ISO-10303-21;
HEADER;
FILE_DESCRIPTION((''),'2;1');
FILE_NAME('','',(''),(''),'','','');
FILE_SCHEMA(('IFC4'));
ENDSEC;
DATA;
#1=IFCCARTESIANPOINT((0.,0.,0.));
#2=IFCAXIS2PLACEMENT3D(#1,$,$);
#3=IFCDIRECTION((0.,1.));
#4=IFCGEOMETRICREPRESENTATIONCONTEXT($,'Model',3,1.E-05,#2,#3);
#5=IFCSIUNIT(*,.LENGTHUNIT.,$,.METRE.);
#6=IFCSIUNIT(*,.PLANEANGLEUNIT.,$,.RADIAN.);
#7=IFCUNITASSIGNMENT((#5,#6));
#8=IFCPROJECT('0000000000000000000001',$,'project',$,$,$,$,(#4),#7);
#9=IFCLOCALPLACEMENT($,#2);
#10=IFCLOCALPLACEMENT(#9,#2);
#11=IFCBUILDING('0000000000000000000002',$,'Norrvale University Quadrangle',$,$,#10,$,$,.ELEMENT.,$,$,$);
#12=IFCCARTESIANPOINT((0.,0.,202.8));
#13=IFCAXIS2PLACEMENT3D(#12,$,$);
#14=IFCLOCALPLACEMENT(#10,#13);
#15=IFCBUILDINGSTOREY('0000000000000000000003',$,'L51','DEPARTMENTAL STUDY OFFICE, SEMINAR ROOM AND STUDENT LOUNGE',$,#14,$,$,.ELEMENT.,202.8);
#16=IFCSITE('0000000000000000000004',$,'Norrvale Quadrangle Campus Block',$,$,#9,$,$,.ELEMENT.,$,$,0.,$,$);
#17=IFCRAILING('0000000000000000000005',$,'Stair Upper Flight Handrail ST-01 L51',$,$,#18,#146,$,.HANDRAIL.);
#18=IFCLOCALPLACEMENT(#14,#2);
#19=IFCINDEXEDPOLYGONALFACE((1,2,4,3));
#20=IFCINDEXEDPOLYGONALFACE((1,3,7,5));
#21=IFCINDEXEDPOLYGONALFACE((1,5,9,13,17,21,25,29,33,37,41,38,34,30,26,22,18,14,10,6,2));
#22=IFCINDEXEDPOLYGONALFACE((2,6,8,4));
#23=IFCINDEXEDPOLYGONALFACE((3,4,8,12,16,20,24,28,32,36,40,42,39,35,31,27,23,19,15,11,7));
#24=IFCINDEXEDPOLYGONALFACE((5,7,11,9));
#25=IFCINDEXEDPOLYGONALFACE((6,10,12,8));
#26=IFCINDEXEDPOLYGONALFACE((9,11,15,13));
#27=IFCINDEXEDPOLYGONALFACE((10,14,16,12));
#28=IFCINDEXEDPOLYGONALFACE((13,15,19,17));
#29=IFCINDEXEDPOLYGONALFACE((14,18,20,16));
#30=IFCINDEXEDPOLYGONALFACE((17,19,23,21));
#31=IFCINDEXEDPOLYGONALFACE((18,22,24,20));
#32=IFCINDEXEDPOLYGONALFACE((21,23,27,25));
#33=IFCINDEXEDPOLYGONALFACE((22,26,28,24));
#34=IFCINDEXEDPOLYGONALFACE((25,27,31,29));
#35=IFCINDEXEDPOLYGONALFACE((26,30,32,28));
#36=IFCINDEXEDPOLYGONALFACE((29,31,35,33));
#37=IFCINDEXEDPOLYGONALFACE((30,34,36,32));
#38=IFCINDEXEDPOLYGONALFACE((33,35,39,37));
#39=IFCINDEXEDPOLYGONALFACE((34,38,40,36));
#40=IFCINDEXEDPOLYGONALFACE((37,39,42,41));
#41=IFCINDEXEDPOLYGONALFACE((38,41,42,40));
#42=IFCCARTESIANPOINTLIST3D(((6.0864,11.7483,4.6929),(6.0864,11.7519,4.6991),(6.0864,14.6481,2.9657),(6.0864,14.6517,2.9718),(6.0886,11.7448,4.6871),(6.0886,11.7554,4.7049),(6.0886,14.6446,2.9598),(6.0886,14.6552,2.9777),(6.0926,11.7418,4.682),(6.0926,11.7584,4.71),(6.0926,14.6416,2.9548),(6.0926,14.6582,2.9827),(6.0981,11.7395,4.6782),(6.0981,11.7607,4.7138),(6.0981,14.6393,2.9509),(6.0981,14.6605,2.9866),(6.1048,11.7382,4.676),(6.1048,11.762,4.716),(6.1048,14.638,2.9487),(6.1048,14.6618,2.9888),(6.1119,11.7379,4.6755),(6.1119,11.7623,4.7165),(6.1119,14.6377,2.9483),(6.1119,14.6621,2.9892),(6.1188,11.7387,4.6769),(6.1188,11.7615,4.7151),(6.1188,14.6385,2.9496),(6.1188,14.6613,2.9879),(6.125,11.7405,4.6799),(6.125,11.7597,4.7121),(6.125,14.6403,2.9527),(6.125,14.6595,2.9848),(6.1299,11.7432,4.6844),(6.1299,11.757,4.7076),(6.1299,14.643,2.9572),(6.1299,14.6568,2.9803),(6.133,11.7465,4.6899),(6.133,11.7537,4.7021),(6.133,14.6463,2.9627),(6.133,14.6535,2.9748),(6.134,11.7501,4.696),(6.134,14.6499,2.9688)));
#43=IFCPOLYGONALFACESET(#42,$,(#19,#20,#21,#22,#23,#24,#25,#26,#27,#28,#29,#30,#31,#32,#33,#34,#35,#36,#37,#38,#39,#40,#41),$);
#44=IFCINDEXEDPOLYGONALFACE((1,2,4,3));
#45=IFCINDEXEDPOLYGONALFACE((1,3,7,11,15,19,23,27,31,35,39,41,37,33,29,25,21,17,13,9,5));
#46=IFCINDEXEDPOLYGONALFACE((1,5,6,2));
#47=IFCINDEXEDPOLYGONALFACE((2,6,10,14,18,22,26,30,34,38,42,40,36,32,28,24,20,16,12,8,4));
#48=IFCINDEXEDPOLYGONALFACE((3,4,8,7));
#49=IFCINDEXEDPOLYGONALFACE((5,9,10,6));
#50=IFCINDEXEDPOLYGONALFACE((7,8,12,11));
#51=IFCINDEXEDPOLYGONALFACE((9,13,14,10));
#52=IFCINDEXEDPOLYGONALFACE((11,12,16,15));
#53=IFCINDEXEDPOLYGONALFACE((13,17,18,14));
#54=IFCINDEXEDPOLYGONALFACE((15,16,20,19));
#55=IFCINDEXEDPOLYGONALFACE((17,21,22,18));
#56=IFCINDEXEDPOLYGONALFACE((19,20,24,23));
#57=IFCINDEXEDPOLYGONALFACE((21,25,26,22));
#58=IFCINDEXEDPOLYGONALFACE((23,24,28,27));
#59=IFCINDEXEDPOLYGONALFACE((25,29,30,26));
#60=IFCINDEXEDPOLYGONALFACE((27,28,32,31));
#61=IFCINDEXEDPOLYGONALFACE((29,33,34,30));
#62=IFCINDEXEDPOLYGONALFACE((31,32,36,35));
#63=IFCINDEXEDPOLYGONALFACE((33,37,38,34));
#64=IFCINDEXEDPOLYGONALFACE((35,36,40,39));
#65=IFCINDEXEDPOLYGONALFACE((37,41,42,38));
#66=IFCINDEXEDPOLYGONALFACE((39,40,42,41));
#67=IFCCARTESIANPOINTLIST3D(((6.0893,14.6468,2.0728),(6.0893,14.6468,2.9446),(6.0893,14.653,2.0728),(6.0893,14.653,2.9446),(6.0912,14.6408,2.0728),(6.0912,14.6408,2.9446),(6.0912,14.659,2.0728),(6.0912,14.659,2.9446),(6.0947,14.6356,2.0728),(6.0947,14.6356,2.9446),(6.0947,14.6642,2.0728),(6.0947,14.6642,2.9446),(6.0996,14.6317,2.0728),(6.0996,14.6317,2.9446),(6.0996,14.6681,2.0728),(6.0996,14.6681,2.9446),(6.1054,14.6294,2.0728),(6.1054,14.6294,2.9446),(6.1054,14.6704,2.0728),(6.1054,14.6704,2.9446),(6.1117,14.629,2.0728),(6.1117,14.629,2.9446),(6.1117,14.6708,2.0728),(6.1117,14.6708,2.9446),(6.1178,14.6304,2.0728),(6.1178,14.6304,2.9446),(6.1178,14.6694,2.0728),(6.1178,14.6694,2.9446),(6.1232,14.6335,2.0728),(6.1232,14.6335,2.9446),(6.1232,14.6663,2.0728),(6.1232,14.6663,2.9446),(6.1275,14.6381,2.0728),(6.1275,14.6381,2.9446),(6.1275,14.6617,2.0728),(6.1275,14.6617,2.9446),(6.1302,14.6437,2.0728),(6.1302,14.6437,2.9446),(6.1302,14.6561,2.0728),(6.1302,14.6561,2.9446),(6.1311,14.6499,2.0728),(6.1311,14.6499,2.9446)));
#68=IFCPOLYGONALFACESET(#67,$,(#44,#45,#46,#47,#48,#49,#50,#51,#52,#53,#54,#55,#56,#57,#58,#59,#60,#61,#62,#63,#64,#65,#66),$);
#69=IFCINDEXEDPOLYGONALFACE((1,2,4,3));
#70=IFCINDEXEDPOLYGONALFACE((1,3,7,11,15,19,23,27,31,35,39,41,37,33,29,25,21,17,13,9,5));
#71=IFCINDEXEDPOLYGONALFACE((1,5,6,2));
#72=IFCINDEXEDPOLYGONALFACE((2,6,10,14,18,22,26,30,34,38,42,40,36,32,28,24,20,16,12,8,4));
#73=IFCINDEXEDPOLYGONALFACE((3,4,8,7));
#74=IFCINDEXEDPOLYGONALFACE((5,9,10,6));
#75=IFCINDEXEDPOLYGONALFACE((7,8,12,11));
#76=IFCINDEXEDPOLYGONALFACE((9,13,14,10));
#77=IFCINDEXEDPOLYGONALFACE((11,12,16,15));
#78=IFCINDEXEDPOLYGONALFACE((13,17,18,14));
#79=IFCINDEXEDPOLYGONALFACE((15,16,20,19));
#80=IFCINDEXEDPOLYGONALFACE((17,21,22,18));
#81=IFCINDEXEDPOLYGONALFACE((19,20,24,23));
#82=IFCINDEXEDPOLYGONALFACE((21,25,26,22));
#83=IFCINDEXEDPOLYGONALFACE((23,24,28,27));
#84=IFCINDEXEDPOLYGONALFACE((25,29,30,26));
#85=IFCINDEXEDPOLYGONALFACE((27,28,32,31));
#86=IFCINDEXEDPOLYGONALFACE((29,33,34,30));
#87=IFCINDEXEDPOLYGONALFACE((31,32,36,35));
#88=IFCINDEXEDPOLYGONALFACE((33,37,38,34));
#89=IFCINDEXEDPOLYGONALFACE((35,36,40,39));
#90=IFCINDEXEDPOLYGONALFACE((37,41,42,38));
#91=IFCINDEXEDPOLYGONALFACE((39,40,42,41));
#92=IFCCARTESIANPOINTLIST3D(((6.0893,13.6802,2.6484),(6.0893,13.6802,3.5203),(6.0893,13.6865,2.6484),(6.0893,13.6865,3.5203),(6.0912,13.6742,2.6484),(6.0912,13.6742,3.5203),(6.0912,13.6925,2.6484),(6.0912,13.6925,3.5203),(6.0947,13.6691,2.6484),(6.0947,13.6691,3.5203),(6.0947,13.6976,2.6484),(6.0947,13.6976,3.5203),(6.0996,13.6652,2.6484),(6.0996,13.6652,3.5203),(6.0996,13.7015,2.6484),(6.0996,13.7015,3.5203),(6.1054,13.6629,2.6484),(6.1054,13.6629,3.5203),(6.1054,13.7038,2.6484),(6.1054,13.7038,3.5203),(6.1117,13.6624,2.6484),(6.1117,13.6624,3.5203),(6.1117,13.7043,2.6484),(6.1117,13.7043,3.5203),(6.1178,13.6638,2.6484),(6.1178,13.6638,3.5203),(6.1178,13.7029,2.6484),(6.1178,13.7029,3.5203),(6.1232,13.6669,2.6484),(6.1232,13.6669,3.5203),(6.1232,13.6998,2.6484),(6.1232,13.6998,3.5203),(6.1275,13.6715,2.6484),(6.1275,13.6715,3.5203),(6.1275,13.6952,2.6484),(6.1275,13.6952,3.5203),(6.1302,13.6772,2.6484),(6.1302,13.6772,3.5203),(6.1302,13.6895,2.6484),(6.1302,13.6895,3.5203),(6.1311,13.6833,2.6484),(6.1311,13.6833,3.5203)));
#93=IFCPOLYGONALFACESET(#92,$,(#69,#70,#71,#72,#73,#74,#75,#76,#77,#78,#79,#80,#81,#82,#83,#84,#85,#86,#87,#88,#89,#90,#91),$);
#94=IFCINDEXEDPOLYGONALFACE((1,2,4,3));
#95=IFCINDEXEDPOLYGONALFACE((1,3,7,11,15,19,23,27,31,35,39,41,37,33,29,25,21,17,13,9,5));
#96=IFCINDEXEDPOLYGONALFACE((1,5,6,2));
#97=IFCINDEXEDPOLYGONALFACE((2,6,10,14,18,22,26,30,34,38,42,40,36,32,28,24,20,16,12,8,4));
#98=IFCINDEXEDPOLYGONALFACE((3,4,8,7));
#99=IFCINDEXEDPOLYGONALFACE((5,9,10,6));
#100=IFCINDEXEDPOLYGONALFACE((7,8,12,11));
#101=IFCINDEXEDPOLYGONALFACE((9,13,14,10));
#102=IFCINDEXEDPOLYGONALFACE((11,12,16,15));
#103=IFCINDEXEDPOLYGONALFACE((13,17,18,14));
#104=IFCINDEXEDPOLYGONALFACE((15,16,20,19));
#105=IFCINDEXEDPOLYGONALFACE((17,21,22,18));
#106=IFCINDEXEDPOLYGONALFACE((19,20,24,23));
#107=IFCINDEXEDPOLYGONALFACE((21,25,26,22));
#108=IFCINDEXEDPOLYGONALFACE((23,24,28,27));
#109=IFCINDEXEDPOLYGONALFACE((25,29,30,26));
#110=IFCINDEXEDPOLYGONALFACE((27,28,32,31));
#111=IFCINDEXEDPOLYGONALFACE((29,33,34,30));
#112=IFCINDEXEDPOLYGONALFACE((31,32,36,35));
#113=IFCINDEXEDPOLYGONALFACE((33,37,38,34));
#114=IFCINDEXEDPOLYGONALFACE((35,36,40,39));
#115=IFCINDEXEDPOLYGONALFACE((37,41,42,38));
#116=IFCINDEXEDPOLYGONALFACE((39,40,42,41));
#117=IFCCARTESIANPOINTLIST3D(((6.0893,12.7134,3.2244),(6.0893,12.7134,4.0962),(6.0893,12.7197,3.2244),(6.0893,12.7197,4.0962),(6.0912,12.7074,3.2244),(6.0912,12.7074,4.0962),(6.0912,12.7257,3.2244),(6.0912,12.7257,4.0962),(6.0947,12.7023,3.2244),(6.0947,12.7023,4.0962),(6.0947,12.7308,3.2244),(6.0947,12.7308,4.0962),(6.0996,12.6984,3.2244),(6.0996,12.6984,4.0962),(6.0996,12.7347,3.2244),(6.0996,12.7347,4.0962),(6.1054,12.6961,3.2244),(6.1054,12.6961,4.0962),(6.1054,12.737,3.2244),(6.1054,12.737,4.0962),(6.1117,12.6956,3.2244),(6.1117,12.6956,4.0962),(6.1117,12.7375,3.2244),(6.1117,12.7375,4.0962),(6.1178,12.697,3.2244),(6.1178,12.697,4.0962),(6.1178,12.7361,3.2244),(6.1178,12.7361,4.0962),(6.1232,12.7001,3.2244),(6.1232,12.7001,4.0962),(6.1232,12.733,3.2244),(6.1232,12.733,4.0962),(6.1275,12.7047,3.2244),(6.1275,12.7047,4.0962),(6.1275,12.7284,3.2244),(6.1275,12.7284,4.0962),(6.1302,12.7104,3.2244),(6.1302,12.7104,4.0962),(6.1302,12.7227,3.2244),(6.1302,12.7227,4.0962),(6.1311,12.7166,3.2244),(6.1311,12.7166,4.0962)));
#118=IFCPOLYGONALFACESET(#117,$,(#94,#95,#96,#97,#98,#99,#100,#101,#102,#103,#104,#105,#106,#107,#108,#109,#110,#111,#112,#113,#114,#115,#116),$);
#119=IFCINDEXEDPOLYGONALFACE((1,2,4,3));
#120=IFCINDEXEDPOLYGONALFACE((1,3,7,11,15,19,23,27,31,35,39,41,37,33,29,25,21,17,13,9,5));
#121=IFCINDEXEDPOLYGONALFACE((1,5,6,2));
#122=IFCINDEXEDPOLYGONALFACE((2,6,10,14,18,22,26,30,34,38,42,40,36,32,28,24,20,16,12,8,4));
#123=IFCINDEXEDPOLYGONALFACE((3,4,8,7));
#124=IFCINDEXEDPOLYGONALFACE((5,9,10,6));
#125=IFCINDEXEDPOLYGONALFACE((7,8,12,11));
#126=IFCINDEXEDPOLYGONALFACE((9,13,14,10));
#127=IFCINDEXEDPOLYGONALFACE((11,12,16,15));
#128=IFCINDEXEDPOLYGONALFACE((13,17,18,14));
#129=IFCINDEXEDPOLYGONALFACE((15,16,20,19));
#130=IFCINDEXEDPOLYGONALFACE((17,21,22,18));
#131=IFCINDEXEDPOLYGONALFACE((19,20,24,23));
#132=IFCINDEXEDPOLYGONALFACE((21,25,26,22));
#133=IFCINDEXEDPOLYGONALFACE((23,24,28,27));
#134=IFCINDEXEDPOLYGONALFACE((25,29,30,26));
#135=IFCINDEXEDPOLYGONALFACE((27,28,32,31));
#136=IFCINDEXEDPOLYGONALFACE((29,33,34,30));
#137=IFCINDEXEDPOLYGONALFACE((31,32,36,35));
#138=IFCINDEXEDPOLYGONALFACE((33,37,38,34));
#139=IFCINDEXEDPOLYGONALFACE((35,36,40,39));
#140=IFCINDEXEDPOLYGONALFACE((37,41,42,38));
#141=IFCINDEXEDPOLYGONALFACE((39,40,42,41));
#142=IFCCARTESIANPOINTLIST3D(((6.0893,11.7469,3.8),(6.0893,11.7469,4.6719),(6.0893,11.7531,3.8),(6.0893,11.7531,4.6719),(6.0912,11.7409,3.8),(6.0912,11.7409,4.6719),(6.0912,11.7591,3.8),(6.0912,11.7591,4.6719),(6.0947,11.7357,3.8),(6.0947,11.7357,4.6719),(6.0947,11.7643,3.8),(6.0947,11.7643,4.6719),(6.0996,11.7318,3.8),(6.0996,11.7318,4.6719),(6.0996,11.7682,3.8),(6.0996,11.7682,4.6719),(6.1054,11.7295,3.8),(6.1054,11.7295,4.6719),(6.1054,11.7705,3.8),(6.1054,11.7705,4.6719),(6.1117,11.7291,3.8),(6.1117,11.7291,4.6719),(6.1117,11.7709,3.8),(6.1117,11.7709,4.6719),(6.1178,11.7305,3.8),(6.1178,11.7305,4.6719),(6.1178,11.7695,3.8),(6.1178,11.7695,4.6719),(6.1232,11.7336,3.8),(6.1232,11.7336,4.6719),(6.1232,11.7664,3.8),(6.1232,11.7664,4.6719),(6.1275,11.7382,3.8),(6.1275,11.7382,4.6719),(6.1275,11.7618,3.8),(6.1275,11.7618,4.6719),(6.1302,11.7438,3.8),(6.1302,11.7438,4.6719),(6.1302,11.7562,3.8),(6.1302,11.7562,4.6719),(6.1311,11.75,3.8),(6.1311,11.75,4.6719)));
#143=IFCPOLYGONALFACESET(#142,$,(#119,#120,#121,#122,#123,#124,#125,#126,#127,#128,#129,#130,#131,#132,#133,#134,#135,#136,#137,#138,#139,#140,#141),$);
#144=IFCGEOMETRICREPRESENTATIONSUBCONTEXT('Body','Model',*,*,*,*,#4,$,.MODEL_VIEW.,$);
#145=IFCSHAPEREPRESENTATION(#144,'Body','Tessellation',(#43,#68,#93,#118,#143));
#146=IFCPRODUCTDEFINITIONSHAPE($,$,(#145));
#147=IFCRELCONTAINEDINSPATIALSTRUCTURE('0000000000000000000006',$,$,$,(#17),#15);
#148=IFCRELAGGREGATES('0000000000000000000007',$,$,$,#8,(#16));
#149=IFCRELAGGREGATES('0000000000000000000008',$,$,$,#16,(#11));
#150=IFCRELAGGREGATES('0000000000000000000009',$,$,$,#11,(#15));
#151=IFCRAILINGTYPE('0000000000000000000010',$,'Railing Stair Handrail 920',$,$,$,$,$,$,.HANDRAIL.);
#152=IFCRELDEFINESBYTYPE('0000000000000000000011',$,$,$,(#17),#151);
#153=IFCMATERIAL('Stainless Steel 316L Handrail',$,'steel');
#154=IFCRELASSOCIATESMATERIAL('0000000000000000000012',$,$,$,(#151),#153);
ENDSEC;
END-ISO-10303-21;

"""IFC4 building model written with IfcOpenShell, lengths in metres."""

from ifc_helpers import new_model, si_unit, direction, frame, origin, origin_2d, place, context, subcontext, project, spatial, circle, extrude, material, type_object, element, save


model = new_model("IFC4")

# Units and contexts
model_context = context("Model", 3, precision=1e-05, world=origin(), true_north=direction((0.0, 1.0)))
body_context = subcontext(model_context, "Body", "Model", "MODEL_VIEW")
ifc_project = project(units=[si_unit("LENGTHUNIT", "METRE"), si_unit("PLANEANGLEUNIT", "RADIAN")], contexts=[model_context])

# Site, building, storey
site_placement = place(None, origin())
site = spatial("IfcSite", under=ifc_project, at=site_placement, Name="Norrvale Quadrangle Campus Block", CompositionType="ELEMENT", RefElevation=0.0)
building_placement = place(site_placement, origin())
building = spatial("IfcBuilding", under=site, at=building_placement, Name="Norrvale University Quadrangle", CompositionType="ELEMENT")
storey_placement = place(building_placement, frame((0.0, 0.0, 202.8)))
storey = spatial("IfcBuildingStorey", under=building, at=storey_placement, Name="L51", Description="DEPARTMENTAL STUDY OFFICE, SEMINAR ROOM AND STUDENT LOUNGE", CompositionType="ELEMENT", Elevation=202.8)

# Railing
ifc_material_1 = material(Name="Stainless Steel 316L Handrail", Category="steel")
railing_type_1 = type_object("IfcRailingType", Name="Railing Stair Handrail 920", PredefinedType="HANDRAIL", material=ifc_material_1)
railing_1_placement = place(storey_placement, frame((6.1101, 14.6499, 2.0728)))
element("IfcRailing", 1, at=railing_1_placement, inside=storey, type_object=railing_type_1, Name="Stair Upper Flight Handrail ST-01 L51", PredefinedType="HANDRAIL", context=body_context, shape_type="SweptSolid", body=[
    extrude(circle(Radius=0.0239, at=origin_2d()), frame((0.0, 0.0, 0.896), z_axis=(0.0, -0.859141, 0.511738), x_axis=(1.0, 0.0, 0.0)), (0.0, 0.0, 1.0), 3.3752),
    extrude(circle(Radius=0.021, at=origin_2d()), origin(), (0.0, 0.0, 1.0), 0.8718),
    extrude(circle(Radius=0.021, at=origin_2d()), frame((0.0, -0.9666, 0.5757)), (0.0, 0.0, 1.0), 0.8718),
    extrude(circle(Radius=0.021, at=origin_2d()), frame((0.0, -1.9333, 1.1516)), (0.0, 0.0, 1.0), 0.8718),
    extrude(circle(Radius=0.021, at=origin_2d()), frame((0.0, -2.8999, 1.7273)), (0.0, 0.0, 1.0), 0.8718),
])

save(model, "model.ifc")
